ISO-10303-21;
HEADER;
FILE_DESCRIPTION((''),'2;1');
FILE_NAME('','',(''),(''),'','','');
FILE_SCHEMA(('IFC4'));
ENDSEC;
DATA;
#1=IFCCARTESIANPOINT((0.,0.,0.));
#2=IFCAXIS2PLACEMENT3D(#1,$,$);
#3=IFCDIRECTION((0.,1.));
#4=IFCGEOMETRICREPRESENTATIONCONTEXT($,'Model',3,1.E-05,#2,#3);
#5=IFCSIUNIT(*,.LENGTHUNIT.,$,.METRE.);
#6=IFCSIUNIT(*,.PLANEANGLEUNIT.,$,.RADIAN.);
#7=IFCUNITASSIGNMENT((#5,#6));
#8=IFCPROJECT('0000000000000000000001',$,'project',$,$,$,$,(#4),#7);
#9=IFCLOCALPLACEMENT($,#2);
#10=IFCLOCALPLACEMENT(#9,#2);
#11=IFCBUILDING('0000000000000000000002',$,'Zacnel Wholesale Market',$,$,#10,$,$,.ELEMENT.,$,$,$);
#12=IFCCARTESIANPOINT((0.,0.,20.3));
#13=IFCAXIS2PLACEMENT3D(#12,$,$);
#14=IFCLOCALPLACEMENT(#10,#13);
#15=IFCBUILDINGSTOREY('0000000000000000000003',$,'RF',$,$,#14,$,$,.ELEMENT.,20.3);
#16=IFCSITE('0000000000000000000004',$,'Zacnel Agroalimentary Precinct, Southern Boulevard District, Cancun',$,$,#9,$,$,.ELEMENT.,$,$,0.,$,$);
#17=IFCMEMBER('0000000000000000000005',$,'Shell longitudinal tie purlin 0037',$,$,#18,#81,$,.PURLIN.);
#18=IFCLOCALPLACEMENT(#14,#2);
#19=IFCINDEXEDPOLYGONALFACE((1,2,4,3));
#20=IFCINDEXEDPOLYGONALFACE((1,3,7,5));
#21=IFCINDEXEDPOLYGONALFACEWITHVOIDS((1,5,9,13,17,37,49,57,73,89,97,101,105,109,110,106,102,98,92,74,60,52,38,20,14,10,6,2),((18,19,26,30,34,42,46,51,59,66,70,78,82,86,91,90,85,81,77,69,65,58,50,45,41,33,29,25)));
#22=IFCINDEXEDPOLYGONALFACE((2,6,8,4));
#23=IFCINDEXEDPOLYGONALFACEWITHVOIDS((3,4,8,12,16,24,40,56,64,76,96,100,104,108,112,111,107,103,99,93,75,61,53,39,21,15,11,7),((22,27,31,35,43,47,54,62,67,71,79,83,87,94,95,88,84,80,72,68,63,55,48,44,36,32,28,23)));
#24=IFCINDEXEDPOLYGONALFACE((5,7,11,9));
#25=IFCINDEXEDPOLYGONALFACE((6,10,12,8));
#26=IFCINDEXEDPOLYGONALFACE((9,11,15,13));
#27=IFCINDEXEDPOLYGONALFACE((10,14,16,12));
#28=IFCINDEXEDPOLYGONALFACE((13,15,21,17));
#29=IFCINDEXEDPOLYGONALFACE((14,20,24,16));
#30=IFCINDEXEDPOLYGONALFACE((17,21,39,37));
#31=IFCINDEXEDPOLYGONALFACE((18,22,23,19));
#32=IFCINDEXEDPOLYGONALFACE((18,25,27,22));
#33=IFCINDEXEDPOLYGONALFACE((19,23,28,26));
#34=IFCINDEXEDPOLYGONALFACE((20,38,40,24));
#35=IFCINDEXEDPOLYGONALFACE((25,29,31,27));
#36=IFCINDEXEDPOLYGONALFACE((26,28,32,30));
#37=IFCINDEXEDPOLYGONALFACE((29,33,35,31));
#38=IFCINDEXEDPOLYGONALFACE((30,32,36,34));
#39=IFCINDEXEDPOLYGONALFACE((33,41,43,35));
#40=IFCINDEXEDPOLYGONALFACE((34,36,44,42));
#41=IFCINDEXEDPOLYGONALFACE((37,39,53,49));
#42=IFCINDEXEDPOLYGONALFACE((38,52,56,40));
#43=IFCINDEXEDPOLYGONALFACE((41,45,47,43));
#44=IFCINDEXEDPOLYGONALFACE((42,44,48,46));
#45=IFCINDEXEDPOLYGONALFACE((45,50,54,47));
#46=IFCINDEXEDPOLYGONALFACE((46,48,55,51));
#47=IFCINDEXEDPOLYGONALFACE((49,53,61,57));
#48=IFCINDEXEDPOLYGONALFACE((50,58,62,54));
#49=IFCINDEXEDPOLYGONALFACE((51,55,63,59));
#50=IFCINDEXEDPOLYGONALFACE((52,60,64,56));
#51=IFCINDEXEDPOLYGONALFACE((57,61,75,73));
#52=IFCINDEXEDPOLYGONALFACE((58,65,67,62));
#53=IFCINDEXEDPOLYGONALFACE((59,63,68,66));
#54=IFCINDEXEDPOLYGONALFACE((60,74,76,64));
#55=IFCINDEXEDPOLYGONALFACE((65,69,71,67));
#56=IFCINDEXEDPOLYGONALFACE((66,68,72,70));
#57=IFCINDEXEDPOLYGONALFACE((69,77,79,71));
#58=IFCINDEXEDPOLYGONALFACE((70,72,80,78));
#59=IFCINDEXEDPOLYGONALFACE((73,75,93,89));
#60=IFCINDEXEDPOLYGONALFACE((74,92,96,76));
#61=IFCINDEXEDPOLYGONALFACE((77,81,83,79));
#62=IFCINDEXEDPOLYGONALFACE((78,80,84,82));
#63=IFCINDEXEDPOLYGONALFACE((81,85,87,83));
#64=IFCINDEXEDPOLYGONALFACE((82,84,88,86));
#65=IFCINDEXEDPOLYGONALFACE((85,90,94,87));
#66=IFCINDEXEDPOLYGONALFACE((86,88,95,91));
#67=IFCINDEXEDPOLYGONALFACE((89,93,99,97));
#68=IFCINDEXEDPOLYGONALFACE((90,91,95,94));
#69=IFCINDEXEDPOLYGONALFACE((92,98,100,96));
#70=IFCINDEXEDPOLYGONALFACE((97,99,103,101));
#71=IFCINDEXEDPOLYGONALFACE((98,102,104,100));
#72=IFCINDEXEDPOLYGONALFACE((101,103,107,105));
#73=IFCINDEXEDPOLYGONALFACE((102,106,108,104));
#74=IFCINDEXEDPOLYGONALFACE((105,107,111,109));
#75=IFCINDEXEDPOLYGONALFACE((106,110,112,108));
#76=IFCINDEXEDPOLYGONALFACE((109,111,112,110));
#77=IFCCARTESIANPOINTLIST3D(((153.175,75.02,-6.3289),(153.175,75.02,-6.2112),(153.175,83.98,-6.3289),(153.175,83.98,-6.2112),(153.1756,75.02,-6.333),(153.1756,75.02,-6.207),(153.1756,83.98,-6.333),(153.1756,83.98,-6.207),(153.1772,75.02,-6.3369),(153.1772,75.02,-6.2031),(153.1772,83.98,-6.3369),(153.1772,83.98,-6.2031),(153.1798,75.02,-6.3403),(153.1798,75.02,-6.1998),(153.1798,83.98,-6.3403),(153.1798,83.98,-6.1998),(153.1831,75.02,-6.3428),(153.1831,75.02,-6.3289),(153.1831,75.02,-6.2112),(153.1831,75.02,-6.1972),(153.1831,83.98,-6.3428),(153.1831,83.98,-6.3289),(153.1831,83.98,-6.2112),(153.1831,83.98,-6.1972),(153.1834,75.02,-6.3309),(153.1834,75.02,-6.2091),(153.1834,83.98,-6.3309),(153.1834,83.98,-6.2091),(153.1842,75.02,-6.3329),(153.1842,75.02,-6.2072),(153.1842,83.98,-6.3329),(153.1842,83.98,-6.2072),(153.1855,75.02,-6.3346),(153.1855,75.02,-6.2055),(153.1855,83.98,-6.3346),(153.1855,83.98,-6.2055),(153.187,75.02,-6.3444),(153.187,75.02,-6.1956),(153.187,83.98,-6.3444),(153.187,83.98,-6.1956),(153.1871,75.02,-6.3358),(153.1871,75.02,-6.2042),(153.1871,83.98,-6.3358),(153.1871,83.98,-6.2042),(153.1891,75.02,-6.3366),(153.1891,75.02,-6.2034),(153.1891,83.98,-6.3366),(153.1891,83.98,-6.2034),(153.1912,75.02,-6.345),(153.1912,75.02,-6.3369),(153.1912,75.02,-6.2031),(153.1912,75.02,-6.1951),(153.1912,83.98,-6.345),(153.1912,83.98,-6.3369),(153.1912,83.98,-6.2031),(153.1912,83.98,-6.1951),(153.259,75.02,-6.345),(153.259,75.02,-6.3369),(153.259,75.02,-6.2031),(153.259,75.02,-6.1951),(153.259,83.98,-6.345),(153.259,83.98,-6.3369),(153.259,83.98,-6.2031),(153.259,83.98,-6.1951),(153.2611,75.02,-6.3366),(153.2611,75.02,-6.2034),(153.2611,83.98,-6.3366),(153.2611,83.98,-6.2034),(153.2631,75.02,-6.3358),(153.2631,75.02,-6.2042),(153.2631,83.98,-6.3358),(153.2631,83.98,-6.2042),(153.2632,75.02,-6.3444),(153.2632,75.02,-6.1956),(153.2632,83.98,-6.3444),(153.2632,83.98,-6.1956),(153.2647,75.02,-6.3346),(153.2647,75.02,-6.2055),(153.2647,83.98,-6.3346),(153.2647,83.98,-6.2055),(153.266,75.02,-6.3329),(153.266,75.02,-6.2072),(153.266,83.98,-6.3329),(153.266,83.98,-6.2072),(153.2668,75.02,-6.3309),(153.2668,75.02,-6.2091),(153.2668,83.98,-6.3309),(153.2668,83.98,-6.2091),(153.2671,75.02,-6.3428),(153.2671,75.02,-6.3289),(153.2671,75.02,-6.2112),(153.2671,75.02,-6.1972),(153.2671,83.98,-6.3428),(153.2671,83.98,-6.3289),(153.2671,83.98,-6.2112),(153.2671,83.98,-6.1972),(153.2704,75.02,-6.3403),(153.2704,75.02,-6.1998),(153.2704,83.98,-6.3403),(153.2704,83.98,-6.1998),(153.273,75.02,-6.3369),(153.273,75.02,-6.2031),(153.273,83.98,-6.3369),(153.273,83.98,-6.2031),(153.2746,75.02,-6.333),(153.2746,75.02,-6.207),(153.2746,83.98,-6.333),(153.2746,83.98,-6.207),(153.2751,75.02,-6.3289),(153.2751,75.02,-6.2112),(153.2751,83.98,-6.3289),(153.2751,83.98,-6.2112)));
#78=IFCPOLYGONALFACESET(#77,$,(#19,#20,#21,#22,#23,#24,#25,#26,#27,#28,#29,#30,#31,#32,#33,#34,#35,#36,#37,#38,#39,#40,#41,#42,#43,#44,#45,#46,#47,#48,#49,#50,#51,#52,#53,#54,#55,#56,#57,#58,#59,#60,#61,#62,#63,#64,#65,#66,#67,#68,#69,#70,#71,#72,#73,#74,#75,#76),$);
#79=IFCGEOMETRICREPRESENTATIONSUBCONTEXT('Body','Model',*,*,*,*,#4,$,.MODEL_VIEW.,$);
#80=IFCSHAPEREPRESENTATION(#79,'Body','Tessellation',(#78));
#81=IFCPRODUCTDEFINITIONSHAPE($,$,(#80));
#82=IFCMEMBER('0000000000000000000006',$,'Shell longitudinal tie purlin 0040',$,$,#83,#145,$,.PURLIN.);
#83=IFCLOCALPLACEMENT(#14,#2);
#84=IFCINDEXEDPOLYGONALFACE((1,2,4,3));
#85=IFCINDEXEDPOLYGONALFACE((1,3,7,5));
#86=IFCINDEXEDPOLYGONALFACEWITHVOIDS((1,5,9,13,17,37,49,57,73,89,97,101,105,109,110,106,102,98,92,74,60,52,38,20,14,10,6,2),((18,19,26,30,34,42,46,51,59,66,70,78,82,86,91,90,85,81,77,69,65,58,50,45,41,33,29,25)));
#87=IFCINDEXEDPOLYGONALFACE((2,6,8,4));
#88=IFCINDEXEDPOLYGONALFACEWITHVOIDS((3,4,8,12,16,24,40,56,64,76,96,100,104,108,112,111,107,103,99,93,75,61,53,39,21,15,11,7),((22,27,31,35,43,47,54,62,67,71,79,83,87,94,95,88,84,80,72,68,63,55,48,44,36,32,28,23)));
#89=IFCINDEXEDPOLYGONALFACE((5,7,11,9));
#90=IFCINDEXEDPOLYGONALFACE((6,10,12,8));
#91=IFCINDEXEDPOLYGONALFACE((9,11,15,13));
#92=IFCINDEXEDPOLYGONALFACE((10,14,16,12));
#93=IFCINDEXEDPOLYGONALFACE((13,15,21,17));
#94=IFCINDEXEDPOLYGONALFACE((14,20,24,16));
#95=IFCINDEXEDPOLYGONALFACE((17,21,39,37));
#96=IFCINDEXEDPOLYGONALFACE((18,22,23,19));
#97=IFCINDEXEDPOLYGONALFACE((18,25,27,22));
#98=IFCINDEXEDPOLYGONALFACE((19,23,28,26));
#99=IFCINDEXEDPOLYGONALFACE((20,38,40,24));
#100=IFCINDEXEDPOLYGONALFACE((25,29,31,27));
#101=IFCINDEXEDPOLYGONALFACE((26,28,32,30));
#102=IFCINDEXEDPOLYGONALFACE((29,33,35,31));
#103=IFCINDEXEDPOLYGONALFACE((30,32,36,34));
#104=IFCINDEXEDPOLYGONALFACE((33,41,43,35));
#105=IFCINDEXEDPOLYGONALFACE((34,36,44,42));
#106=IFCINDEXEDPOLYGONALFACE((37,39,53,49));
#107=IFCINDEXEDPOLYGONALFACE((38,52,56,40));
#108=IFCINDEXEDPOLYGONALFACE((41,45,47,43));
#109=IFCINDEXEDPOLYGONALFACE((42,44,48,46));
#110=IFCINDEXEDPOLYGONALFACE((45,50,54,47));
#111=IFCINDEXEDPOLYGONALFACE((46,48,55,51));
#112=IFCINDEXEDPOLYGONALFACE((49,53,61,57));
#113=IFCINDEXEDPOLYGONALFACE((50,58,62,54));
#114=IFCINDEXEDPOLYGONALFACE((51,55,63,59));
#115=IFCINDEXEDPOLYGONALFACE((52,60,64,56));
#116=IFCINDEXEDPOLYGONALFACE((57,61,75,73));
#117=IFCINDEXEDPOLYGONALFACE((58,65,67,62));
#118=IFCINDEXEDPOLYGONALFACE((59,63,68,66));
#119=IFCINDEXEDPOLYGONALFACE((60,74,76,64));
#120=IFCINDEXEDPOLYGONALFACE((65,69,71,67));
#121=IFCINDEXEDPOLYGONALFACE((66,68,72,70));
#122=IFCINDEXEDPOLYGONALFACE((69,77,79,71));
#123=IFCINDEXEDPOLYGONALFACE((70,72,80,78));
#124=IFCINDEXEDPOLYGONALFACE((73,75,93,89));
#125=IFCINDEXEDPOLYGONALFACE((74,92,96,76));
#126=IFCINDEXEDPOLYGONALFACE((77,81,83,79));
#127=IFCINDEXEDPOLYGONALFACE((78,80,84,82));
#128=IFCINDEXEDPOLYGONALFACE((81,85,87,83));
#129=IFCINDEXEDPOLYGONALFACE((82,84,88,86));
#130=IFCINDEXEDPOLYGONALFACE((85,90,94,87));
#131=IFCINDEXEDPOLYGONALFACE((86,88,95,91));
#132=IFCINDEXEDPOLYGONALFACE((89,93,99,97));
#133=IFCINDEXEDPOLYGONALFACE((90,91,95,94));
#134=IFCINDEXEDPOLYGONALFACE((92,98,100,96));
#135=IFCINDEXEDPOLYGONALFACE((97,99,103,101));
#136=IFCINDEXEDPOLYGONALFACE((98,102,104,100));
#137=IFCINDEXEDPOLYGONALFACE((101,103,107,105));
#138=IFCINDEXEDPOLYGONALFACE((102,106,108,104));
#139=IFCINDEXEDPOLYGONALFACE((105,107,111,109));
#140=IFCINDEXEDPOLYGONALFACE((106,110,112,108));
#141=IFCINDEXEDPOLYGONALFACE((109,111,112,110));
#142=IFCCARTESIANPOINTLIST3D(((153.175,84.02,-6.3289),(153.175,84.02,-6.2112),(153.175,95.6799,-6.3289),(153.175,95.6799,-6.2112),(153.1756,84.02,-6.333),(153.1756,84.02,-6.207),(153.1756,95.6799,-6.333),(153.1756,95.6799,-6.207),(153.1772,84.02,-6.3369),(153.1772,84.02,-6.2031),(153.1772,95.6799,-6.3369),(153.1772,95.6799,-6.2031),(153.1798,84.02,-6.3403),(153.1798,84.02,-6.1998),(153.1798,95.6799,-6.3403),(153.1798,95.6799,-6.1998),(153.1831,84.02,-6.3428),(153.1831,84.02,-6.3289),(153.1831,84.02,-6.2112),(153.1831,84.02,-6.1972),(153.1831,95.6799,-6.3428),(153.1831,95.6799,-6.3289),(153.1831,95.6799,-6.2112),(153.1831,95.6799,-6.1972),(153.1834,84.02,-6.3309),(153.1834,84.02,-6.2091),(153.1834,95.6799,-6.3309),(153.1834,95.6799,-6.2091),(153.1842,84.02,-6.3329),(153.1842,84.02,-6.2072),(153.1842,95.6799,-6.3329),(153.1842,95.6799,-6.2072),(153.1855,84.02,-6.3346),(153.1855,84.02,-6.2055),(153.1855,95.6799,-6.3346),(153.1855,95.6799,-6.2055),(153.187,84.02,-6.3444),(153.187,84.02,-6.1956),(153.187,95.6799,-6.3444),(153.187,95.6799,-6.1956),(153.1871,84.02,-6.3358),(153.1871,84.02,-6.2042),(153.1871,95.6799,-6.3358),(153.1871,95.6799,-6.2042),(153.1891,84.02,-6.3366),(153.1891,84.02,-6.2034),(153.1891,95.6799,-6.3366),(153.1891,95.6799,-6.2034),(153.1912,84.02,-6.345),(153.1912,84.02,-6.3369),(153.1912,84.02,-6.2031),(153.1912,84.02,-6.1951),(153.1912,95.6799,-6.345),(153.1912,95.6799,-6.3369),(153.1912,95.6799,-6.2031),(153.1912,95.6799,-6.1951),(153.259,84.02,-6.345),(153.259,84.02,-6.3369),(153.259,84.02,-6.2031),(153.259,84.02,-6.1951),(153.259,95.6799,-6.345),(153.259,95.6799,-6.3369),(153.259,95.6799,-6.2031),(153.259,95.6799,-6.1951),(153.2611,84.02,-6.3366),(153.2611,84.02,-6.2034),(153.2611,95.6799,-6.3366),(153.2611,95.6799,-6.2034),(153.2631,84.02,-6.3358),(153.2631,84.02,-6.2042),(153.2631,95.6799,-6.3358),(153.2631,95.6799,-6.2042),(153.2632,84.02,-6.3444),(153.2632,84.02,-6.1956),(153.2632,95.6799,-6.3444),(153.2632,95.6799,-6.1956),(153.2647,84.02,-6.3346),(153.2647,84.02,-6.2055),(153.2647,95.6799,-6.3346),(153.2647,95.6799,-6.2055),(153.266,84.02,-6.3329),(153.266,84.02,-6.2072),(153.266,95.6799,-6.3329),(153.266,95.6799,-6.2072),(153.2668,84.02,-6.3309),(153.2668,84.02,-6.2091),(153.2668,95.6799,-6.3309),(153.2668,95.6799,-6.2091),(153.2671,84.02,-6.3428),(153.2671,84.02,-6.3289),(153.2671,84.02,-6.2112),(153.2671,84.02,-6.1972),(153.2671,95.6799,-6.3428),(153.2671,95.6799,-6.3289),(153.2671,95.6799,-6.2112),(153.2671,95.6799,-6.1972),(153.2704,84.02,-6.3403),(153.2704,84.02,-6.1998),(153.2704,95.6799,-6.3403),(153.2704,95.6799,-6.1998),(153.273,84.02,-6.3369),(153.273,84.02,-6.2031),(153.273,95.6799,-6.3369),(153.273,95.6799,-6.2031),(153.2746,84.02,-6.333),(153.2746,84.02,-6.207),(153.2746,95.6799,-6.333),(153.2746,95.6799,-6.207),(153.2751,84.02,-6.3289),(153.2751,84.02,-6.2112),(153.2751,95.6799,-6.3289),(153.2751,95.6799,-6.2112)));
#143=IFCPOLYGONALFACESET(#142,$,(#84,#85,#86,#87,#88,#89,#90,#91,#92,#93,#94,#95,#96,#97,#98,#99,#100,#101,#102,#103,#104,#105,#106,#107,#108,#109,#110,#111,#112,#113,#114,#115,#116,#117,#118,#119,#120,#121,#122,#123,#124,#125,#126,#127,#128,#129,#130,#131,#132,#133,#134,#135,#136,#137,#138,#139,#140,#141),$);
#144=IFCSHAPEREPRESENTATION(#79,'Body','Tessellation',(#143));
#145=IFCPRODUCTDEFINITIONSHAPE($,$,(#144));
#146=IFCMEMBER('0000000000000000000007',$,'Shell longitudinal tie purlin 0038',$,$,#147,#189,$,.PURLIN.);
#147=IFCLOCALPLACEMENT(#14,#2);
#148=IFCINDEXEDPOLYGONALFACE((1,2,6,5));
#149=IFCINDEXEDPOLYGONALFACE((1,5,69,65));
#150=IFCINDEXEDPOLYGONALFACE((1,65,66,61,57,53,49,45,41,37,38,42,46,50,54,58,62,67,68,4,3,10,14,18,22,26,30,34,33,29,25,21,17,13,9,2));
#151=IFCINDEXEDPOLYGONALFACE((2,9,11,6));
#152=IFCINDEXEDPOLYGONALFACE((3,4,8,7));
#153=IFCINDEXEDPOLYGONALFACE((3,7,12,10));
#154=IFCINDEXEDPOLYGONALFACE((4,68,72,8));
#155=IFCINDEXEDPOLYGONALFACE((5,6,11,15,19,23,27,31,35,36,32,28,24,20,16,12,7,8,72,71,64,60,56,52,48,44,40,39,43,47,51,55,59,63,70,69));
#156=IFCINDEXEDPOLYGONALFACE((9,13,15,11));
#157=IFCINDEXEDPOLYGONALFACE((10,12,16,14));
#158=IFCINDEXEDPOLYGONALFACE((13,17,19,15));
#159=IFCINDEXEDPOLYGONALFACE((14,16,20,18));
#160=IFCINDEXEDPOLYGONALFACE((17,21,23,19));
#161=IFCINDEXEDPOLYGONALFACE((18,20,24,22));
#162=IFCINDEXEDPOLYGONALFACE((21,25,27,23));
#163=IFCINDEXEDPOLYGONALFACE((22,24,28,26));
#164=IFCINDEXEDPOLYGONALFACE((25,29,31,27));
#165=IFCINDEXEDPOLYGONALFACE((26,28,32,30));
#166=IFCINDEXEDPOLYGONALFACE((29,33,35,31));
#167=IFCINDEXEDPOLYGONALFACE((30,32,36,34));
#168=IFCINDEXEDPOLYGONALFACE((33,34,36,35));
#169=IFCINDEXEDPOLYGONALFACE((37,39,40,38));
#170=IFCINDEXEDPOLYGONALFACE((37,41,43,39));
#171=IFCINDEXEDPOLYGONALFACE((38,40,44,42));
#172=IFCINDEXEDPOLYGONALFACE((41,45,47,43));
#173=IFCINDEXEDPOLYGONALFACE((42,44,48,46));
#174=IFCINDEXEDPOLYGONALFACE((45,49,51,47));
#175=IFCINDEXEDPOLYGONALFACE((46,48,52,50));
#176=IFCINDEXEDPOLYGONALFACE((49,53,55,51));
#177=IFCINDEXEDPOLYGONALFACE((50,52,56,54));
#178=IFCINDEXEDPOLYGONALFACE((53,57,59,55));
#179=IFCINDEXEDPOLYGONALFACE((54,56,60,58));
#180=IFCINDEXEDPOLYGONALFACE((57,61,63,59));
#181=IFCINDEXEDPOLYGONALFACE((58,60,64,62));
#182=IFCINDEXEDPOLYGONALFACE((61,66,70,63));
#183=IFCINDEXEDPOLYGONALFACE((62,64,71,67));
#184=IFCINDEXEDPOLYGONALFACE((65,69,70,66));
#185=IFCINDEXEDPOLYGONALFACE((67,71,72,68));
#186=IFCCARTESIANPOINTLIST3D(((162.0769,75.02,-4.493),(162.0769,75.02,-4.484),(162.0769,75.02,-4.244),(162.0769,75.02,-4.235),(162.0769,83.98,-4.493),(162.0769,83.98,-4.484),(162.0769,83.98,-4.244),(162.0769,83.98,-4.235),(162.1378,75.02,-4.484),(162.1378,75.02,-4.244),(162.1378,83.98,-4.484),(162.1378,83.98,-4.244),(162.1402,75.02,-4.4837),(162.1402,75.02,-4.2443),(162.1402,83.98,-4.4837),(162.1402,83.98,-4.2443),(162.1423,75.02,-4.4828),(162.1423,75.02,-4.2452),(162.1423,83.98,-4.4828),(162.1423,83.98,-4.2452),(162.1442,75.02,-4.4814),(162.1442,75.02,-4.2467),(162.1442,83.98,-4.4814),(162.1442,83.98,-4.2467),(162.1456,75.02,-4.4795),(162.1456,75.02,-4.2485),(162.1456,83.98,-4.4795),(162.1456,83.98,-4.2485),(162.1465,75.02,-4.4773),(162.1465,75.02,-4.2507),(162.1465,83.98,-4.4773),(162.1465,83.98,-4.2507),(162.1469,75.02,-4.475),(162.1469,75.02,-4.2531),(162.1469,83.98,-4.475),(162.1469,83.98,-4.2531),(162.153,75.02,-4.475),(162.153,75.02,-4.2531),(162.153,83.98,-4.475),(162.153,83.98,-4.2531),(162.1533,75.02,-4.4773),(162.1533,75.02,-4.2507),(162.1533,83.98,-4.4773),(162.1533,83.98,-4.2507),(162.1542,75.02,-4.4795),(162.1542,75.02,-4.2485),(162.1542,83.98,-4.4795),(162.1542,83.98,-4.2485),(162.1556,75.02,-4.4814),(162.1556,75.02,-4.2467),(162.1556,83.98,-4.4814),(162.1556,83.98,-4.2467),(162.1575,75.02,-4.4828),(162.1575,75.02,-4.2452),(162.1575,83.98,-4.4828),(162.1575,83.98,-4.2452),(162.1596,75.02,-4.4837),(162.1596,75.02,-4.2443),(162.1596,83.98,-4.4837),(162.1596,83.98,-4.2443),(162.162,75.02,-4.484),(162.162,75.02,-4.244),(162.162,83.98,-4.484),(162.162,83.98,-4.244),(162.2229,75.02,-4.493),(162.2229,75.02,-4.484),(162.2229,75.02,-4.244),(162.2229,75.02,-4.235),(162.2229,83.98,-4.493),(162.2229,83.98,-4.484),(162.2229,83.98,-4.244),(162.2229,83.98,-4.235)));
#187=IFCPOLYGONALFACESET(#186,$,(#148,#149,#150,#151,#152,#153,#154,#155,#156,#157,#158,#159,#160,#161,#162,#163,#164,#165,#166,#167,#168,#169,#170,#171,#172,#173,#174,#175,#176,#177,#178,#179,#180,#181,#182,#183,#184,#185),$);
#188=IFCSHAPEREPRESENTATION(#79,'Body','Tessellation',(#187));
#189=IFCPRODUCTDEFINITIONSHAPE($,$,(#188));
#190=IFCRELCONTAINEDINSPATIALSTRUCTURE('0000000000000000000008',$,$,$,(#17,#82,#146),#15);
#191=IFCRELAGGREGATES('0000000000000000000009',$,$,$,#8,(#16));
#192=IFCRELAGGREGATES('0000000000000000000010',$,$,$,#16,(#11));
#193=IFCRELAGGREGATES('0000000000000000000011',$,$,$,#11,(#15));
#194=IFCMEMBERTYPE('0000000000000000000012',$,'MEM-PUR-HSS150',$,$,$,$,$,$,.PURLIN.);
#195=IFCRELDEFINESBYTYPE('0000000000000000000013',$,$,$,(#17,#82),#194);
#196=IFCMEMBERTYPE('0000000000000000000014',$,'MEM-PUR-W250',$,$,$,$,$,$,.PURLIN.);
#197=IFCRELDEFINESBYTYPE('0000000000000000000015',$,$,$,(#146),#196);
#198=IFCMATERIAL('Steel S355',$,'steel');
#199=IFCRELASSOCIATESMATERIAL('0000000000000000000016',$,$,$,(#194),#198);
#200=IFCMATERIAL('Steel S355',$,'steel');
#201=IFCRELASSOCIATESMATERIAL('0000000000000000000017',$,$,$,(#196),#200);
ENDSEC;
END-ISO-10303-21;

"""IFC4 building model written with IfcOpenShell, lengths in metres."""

from ifc_helpers import new_model, si_unit, direction, frame, origin, origin_2d, place, context, subcontext, project, spatial, hollow_rectangle, i_section, extrude, material, material_profile, profile_set, type_object, element, save


model = new_model("IFC4")

# Units and contexts
model_context = context("Model", 3, precision=1e-05, world=origin(), true_north=direction((0.0, 1.0)))
body_context = subcontext(model_context, "Body", "Model", "MODEL_VIEW")
ifc_project = project(units=[si_unit("LENGTHUNIT", "METRE"), si_unit("PLANEANGLEUNIT", "RADIAN")], contexts=[model_context])

# Site, building, storey
site_placement = place(None, origin())
site = spatial("IfcSite", under=ifc_project, at=site_placement, Name="Zacnel Agroalimentary Precinct, Southern Boulevard District, Cancun", CompositionType="ELEMENT", RefElevation=0.0)
building_placement = place(site_placement, origin())
building = spatial("IfcBuilding", under=site, at=building_placement, Name="Zacnel Wholesale Market", CompositionType="ELEMENT")
storey_placement = place(building_placement, frame((0.0, 0.0, 20.3)))
storey = spatial("IfcBuildingStorey", under=building, at=storey_placement, Name="RF", CompositionType="ELEMENT", Elevation=20.3)

# Members
ifc_material_1 = material(Name="Steel S355", Category="steel")
ifc_material_profile_1 = material_profile(ifc_material_1, hollow_rectangle(XDim=0.1001, YDim=0.1499, WallThickness=0.0081, InnerFilletRadius=0.0081, OuterFilletRadius=0.0161, at=origin_2d()), Name="HSS 150x100x8")
ifc_profile_set_1 = profile_set([ifc_material_profile_1], Name="Steel S355")
member_type_1 = type_object("IfcMemberType", Name="MEM-PUR-HSS150", PredefinedType="PURLIN", material=ifc_profile_set_1)
member_1_placement = place(storey_placement, frame((153.2251, 75.02, -6.27), z_axis=(0.0, 1.0, 0.0), x_axis=(-1.0, 0.0, 0.0)))
element("IfcMember", 1, at=member_1_placement, inside=storey, type_object=member_type_1, Name="Shell longitudinal tie purlin 0037", PredefinedType="PURLIN", context=body_context, shape_type="SweptSolid", body=[
    extrude(hollow_rectangle(XDim=0.1001, YDim=0.1499, WallThickness=0.0081, InnerFilletRadius=0.0081, OuterFilletRadius=0.0161, at=origin_2d()), origin(), (0.0, 0.0, 1.0), 8.96),
])
member_2_placement = place(storey_placement, frame((153.2251, 84.02, -6.27), z_axis=(0.0, 1.0, 0.0), x_axis=(-1.0, 0.0, 0.0)))
element("IfcMember", 2, at=member_2_placement, inside=storey, type_object=member_type_1, Name="Shell longitudinal tie purlin 0040", PredefinedType="PURLIN", context=body_context, shape_type="SweptSolid", body=[
    extrude(hollow_rectangle(XDim=0.1001, YDim=0.1499, WallThickness=0.0081, InnerFilletRadius=0.0081, OuterFilletRadius=0.0161, at=origin_2d()), origin(), (0.0, 0.0, 1.0), 11.6599),
])
ifc_material_2 = material(Name="Steel S355", Category="steel")
ifc_material_profile_2 = material_profile(ifc_material_2, i_section(OverallWidth=0.146, OverallDepth=0.2581, WebThickness=0.0061, FlangeThickness=0.009, FilletRadius=0.009, at=origin_2d()), Name="W250X32.7")
ifc_profile_set_2 = profile_set([ifc_material_profile_2], Name="Steel S355")
member_type_2 = type_object("IfcMemberType", Name="MEM-PUR-W250", PredefinedType="PURLIN", material=ifc_profile_set_2)
member_3_placement = place(storey_placement, frame((162.1499, 75.02, -4.364), z_axis=(0.0, 1.0, 0.0), x_axis=(-1.0, 0.0, 0.0)))
element("IfcMember", 3, at=member_3_placement, inside=storey, type_object=member_type_2, Name="Shell longitudinal tie purlin 0038", PredefinedType="PURLIN", context=body_context, shape_type="SweptSolid", body=[
    extrude(i_section(OverallWidth=0.146, OverallDepth=0.2581, WebThickness=0.0061, FlangeThickness=0.009, FilletRadius=0.009, at=origin_2d()), origin(), (0.0, 0.0, 1.0), 8.96),
])

save(model, "model.ifc")
